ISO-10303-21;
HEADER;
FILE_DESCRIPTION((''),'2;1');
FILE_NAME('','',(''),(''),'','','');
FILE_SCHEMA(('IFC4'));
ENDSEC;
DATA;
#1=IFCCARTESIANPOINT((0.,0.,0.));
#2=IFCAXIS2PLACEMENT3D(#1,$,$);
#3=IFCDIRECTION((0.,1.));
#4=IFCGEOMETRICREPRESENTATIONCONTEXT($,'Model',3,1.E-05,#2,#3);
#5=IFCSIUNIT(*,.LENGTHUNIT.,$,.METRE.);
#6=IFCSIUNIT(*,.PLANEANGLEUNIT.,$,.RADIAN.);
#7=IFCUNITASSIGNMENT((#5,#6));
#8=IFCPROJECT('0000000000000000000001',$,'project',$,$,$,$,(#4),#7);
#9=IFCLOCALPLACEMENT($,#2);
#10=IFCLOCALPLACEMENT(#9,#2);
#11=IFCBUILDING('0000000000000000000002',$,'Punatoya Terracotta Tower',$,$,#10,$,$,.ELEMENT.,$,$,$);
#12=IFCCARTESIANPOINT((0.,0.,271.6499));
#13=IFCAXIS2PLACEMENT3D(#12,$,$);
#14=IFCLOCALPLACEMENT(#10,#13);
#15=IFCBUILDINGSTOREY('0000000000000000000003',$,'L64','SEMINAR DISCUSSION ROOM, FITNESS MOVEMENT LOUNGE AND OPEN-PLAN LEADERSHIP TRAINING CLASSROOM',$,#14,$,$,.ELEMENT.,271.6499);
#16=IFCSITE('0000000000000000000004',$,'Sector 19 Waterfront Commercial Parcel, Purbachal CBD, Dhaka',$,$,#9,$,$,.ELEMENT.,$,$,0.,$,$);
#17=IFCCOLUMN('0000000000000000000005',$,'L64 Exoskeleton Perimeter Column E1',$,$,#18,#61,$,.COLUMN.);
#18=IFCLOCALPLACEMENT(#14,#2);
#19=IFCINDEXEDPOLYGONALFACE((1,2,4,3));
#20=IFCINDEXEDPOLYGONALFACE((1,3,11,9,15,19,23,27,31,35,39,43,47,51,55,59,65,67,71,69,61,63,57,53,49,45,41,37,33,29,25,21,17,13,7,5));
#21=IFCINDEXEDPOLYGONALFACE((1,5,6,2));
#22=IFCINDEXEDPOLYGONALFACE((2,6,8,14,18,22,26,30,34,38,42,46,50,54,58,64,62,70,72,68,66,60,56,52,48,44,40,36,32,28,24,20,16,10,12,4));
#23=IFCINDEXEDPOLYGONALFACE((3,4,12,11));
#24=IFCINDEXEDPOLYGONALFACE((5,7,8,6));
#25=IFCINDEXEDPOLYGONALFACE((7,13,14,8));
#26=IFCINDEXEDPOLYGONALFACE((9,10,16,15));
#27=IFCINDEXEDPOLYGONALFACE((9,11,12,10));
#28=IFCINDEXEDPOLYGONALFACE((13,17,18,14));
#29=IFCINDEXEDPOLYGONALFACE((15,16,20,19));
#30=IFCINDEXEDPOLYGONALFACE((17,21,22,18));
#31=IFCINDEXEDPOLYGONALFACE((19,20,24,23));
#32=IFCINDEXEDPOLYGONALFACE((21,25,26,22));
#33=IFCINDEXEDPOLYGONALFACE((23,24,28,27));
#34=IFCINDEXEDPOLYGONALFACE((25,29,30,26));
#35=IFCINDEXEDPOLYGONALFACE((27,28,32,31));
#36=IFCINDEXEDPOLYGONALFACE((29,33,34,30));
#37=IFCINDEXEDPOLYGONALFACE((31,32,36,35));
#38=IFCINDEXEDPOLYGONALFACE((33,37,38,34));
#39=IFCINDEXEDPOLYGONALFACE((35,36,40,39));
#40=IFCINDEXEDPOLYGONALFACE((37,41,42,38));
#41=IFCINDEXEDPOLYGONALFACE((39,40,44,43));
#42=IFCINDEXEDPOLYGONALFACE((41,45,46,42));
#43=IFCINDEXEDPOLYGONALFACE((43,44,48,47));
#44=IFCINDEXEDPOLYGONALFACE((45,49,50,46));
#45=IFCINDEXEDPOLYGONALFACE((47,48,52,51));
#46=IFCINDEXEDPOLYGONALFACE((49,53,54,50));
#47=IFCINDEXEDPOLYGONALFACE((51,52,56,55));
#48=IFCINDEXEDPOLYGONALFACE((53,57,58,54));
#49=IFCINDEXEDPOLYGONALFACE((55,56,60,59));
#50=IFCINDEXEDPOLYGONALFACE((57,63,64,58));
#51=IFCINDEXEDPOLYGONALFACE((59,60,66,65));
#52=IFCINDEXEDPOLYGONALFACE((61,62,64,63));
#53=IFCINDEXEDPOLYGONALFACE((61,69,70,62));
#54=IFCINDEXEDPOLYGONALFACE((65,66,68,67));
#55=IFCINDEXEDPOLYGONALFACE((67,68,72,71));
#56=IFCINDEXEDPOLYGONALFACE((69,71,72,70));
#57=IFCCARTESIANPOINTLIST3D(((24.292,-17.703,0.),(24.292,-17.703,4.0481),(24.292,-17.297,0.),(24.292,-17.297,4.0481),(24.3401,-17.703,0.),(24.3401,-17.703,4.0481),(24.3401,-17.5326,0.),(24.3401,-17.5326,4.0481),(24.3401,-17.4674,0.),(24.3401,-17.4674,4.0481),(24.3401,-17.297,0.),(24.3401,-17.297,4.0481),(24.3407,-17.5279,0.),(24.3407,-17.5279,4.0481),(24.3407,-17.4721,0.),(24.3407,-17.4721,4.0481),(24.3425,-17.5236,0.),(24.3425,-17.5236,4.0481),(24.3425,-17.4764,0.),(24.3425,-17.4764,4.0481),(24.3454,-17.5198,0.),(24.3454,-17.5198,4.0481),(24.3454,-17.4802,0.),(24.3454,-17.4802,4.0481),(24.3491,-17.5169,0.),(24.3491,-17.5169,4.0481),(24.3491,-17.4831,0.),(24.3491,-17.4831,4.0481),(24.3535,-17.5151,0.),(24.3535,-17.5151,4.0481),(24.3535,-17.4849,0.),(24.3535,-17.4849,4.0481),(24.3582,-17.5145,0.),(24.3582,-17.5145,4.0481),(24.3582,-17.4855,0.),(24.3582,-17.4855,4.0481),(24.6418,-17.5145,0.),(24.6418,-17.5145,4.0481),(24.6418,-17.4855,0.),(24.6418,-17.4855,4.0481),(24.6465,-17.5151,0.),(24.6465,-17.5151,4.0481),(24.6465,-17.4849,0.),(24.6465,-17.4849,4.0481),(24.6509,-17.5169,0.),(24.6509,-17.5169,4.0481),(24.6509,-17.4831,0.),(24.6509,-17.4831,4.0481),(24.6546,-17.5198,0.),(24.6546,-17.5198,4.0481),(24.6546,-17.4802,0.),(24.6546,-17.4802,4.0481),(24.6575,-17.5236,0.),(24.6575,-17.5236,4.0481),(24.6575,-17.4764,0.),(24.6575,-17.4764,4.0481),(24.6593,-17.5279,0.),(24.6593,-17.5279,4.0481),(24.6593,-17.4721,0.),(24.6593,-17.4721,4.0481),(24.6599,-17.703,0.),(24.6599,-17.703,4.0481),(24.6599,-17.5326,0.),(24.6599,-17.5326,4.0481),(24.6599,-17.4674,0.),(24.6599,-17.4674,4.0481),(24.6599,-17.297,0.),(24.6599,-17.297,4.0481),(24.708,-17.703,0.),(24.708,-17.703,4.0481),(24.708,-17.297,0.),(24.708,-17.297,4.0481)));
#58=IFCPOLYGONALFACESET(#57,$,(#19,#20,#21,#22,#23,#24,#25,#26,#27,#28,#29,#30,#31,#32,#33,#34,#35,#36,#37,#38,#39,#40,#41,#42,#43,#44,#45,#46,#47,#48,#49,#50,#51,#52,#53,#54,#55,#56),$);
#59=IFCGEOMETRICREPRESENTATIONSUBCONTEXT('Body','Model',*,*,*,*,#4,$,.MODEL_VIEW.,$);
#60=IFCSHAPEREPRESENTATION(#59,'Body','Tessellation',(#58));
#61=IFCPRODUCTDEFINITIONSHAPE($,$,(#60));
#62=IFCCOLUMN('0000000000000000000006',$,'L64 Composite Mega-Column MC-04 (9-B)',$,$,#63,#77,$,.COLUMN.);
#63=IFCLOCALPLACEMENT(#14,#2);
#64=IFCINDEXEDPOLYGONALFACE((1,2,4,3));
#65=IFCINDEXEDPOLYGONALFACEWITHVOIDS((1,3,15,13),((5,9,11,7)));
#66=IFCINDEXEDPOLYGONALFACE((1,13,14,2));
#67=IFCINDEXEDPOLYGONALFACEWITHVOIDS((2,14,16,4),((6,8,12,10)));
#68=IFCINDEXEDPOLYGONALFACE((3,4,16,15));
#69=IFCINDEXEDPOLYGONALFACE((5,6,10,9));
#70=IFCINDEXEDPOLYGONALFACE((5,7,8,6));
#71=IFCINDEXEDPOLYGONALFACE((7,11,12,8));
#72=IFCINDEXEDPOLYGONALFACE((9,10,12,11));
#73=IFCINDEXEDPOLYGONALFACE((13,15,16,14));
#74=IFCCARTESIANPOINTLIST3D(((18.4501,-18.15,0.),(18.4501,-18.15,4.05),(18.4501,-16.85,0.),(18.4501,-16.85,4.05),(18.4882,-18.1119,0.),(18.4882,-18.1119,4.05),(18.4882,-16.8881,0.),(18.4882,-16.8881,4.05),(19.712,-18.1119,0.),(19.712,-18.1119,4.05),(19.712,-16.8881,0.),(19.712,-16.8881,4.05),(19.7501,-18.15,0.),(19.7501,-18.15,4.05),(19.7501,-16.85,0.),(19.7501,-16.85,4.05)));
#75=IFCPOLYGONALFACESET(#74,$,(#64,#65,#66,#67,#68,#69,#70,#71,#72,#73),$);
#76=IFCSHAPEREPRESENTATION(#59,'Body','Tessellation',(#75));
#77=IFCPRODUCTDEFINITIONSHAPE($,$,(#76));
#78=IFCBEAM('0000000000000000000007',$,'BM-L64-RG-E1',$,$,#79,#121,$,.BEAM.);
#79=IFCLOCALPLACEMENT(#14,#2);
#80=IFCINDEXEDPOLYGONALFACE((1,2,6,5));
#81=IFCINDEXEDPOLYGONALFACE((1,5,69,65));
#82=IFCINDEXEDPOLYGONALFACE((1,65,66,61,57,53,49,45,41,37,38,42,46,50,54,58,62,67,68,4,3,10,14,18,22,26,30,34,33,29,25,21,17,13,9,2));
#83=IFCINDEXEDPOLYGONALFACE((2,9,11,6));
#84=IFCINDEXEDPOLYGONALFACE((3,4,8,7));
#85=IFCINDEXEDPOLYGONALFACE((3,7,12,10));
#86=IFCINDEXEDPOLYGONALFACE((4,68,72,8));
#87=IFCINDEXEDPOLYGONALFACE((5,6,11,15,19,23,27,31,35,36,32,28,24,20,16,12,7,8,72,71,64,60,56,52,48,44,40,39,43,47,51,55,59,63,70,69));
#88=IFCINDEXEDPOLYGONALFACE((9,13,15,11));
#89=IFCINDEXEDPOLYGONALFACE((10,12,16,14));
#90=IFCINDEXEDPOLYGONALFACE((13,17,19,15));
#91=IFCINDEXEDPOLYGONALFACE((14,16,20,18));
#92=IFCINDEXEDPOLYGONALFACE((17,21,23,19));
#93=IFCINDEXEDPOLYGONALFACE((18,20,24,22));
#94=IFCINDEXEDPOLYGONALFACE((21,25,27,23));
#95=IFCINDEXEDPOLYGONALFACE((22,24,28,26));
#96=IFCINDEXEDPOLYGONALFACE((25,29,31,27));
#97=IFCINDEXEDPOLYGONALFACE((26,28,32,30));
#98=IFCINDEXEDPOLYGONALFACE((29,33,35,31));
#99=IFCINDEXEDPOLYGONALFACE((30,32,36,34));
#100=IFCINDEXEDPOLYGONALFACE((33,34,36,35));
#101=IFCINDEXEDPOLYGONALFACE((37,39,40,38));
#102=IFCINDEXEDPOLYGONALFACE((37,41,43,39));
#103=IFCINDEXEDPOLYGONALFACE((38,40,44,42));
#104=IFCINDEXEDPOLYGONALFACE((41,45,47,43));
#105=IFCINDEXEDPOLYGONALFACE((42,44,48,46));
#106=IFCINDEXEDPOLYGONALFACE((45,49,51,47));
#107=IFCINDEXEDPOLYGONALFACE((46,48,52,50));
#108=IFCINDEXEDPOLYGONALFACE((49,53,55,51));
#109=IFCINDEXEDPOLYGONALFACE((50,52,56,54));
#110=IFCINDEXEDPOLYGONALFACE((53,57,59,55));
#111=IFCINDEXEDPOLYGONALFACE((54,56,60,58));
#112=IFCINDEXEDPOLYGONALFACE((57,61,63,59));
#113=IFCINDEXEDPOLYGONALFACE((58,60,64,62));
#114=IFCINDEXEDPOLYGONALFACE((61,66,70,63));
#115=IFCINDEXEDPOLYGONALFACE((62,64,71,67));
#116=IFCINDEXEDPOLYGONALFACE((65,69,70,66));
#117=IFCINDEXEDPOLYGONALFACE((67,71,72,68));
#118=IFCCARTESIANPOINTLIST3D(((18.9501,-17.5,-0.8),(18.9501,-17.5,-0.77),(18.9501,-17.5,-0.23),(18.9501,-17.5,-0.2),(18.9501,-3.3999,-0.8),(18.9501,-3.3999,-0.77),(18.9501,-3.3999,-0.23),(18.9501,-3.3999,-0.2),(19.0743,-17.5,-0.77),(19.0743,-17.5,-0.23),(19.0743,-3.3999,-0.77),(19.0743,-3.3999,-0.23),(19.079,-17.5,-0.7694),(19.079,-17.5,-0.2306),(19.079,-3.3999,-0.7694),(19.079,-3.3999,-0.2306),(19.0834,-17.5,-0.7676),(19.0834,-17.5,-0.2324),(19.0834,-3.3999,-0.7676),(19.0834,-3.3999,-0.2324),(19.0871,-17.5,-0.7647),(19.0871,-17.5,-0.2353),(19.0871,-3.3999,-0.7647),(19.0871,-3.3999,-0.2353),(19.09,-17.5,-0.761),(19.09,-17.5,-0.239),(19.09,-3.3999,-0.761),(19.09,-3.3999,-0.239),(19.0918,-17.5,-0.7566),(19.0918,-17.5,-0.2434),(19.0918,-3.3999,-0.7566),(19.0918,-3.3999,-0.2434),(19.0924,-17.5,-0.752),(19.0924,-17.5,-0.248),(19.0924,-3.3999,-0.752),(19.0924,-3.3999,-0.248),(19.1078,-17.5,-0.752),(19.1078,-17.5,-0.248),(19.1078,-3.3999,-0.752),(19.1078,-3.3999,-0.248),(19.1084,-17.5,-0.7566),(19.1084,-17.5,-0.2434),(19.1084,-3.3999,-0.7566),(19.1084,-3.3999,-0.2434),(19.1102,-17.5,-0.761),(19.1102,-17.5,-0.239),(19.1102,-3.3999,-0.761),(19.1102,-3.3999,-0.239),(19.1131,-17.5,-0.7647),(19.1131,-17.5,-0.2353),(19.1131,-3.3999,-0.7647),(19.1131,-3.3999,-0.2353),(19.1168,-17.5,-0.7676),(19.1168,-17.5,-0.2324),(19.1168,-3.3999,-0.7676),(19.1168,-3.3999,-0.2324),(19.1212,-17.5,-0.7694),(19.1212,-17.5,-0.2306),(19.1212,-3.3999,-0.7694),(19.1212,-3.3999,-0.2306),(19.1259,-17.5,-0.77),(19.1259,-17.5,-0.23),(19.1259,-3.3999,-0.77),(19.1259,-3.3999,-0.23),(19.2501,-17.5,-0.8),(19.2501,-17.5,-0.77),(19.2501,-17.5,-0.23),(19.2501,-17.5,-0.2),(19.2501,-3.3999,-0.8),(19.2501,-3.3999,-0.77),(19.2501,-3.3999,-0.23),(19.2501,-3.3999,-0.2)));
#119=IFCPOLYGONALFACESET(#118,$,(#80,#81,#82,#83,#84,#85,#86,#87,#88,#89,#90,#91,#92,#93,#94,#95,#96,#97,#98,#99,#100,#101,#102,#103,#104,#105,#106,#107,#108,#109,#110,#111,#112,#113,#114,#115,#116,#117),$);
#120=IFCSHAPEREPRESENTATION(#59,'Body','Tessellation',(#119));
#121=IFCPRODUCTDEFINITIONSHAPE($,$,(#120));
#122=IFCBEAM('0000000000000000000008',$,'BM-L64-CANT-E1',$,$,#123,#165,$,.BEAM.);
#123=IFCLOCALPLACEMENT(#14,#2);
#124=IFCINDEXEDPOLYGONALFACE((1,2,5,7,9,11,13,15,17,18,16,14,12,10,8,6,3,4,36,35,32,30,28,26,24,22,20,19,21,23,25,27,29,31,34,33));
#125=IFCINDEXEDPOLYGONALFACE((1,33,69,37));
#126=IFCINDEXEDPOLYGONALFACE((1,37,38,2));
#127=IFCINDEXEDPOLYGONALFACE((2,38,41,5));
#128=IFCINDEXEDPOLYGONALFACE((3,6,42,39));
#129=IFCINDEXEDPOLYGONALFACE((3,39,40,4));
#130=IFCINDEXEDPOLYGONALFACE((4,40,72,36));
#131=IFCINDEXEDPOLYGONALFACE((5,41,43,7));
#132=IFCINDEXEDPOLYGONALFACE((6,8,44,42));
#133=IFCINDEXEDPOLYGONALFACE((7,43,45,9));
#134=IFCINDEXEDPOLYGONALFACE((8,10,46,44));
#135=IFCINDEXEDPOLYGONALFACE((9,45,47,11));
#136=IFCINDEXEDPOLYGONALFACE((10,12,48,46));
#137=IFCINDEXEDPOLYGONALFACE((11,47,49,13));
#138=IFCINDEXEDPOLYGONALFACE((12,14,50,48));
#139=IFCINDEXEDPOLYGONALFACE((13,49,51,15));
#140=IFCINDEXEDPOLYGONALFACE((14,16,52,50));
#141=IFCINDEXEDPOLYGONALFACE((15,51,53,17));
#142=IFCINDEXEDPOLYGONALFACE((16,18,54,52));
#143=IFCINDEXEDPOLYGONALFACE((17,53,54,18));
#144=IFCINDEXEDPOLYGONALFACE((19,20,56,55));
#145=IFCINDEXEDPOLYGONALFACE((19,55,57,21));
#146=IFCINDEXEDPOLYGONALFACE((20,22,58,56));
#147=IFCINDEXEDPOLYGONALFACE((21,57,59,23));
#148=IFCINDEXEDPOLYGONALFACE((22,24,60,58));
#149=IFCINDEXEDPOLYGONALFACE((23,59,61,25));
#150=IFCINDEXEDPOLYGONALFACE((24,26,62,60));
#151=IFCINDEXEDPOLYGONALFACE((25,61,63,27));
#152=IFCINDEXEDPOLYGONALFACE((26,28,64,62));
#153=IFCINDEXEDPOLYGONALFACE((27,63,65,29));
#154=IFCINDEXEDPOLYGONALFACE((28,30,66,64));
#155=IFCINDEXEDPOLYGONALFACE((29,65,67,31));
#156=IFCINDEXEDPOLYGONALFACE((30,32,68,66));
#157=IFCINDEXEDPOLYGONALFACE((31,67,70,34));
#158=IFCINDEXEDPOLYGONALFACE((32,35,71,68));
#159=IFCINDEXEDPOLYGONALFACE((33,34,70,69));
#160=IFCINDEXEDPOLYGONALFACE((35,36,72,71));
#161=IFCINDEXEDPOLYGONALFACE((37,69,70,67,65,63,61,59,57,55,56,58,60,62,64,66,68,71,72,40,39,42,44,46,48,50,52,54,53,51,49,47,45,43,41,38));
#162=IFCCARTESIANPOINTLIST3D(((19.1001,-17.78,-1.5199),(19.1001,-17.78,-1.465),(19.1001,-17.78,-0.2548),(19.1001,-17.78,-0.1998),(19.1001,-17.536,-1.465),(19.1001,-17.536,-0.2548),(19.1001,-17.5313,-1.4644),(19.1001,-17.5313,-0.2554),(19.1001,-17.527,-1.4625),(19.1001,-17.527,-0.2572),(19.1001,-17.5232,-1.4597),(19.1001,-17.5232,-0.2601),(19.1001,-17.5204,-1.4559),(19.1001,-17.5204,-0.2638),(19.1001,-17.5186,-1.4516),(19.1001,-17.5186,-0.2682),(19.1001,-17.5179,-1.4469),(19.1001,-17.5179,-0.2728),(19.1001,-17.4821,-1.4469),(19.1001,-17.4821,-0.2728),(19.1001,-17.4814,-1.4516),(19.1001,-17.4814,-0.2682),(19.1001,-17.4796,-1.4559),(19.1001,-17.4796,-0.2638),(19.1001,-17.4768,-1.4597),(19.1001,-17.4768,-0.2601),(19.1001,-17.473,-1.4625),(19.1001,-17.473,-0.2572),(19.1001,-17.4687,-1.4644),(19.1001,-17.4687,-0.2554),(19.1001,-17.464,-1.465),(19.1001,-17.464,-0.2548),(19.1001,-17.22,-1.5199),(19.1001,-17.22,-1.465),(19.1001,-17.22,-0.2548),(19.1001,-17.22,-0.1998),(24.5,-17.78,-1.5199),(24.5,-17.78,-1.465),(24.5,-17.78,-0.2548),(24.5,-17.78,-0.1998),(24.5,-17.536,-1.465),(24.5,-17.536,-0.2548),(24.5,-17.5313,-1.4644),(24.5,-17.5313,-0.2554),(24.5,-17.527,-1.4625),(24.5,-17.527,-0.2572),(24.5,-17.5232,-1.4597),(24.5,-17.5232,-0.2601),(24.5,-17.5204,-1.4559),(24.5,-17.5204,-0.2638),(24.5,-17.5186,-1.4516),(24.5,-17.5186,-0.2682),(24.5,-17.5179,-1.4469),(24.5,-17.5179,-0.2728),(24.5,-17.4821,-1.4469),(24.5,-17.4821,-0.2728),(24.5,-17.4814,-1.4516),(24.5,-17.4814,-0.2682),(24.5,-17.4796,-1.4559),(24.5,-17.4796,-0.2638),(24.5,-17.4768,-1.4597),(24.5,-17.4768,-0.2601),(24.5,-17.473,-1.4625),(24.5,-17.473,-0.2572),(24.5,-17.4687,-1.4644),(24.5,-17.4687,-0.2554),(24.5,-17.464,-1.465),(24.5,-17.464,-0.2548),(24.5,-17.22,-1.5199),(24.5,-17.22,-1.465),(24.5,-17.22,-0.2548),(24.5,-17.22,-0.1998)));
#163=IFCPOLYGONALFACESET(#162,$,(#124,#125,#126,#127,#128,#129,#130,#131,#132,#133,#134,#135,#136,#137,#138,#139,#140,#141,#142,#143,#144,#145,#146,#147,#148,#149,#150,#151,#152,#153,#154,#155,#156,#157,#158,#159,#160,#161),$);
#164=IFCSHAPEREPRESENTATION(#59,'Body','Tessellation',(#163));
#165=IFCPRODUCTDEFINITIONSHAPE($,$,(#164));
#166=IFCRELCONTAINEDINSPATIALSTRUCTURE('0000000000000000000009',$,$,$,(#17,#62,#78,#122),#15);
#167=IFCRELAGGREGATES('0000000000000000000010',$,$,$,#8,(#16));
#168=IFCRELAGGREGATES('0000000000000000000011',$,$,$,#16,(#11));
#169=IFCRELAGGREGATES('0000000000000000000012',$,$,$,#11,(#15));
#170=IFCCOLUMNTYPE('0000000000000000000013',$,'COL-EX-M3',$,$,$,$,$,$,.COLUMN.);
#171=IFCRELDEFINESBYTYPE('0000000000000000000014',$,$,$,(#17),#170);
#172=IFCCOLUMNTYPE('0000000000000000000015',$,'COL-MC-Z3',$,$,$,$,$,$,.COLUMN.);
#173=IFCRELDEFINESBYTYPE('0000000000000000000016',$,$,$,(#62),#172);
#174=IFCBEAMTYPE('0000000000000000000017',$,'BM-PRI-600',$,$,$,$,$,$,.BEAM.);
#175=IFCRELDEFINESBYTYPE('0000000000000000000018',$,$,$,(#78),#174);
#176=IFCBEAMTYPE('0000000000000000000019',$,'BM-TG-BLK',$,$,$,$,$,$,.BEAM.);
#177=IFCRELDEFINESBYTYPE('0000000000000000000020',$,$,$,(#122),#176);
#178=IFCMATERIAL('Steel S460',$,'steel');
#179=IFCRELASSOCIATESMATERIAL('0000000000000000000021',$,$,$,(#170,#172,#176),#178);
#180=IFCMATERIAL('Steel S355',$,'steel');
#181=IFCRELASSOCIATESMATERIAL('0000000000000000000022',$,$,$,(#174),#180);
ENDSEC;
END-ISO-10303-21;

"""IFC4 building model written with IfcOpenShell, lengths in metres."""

from ifc_helpers import new_model, si_unit, direction, frame, origin, origin_2d, place, context, subcontext, project, spatial, hollow_rectangle, i_section, extrude, material, material_profile, profile_set, type_object, element, save


model = new_model("IFC4")

# Units and contexts
model_context = context("Model", 3, precision=1e-05, world=origin(), true_north=direction((0.0, 1.0)))
body_context = subcontext(model_context, "Body", "Model", "MODEL_VIEW")
ifc_project = project(units=[si_unit("LENGTHUNIT", "METRE"), si_unit("PLANEANGLEUNIT", "RADIAN")], contexts=[model_context])

# Site, building, storey
site_placement = place(None, origin())
site = spatial("IfcSite", under=ifc_project, at=site_placement, Name="Sector 19 Waterfront Commercial Parcel, Purbachal CBD, Dhaka", CompositionType="ELEMENT", RefElevation=0.0)
building_placement = place(site_placement, origin())
building = spatial("IfcBuilding", under=site, at=building_placement, Name="Punatoya Terracotta Tower", CompositionType="ELEMENT")
storey_placement = place(building_placement, frame((0.0, 0.0, 271.6499)))
storey = spatial("IfcBuildingStorey", under=building, at=storey_placement, Name="L64", Description="SEMINAR DISCUSSION ROOM, FITNESS MOVEMENT LOUNGE AND OPEN-PLAN LEADERSHIP TRAINING CLASSROOM", CompositionType="ELEMENT", Elevation=271.6499)

# Columns
ifc_material_1 = material(Name="Steel S460", Category="steel")
ifc_material_profile_1 = material_profile(ifc_material_1, i_section(OverallWidth=0.406, OverallDepth=0.416, WebThickness=0.0291, FlangeThickness=0.0481, FilletRadius=0.0181, at=origin_2d()))
ifc_profile_set_1 = profile_set([ifc_material_profile_1], Name="Steel S460")
column_type_1 = type_object("IfcColumnType", Name="COL-EX-M3", PredefinedType="COLUMN", material=ifc_profile_set_1)
column_1_placement = place(storey_placement, frame((24.5, -17.5, 0.0), z_axis=(0.0, 0.0, 1.0), x_axis=(0.0, 1.0, 0.0)))
element("IfcColumn", 1, at=column_1_placement, inside=storey, type_object=column_type_1, Name="L64 Exoskeleton Perimeter Column E1", PredefinedType="COLUMN", context=body_context, shape_type="SweptSolid", body=[
    extrude(i_section(OverallWidth=0.406, OverallDepth=0.416, WebThickness=0.0291, FlangeThickness=0.0481, FilletRadius=0.0181, at=origin_2d()), origin(), (0.0, 0.0, 1.0), 4.0481),
])
ifc_material_profile_2 = material_profile(ifc_material_1, hollow_rectangle(XDim=1.3, YDim=1.3, WallThickness=0.0381, at=origin_2d()))
ifc_profile_set_2 = profile_set([ifc_material_profile_2], Name="Steel S460")
column_type_2 = type_object("IfcColumnType", Name="COL-MC-Z3", PredefinedType="COLUMN", material=ifc_profile_set_2)
column_2_placement = place(storey_placement, frame((19.1001, -17.5, 0.0), z_axis=(0.0, 0.0, 1.0), x_axis=(1.0, 0.0, 0.0)))
element("IfcColumn", 2, at=column_2_placement, inside=storey, type_object=column_type_2, Name="L64 Composite Mega-Column MC-04 (9-B)", PredefinedType="COLUMN", context=body_context, shape_type="SweptSolid", body=[
    extrude(hollow_rectangle(XDim=1.3, YDim=1.3, WallThickness=0.0381, at=origin_2d()), origin(), (0.0, 0.0, 1.0), 4.05),
])

# Beams
ifc_material_2 = material(Name="Steel S355", Category="steel")
ifc_material_profile_3 = material_profile(ifc_material_2, i_section(OverallWidth=0.3, OverallDepth=0.6001, WebThickness=0.0154, FlangeThickness=0.03, FilletRadius=0.0181, at=origin_2d()))
ifc_profile_set_3 = profile_set([ifc_material_profile_3], Name="Steel S355")
beam_type_1 = type_object("IfcBeamType", Name="BM-PRI-600", PredefinedType="BEAM", material=ifc_profile_set_3)
beam_1_placement = place(storey_placement, frame((19.1001, -17.5, -0.5), z_axis=(0.0, 1.0, 0.0), x_axis=(-1.0, 0.0, 0.0)))
element("IfcBeam", 3, at=beam_1_placement, inside=storey, type_object=beam_type_1, Name="BM-L64-RG-E1", PredefinedType="BEAM", context=body_context, shape_type="SweptSolid", body=[
    extrude(i_section(OverallWidth=0.3, OverallDepth=0.6001, WebThickness=0.0154, FlangeThickness=0.03, FilletRadius=0.0181, at=origin_2d()), origin(), (0.0, 0.0, 1.0), 14.1001),
])
ifc_material_profile_4 = material_profile(ifc_material_1, i_section(OverallWidth=0.5601, OverallDepth=1.3201, WebThickness=0.0359, FlangeThickness=0.0549, FilletRadius=0.0181, at=origin_2d()))
ifc_profile_set_4 = profile_set([ifc_material_profile_4], Name="Steel S460")
beam_type_2 = type_object("IfcBeamType", Name="BM-TG-BLK", PredefinedType="BEAM", material=ifc_profile_set_4)
beam_2_placement = place(storey_placement, frame((19.1001, -17.5, -0.8599), z_axis=(1.0, 0.0, 0.0), x_axis=(0.0, 1.0, 0.0)))
element("IfcBeam", 4, at=beam_2_placement, inside=storey, type_object=beam_type_2, Name="BM-L64-CANT-E1", PredefinedType="BEAM", context=body_context, shape_type="SweptSolid", body=[
    extrude(i_section(OverallWidth=0.5601, OverallDepth=1.3201, WebThickness=0.0359, FlangeThickness=0.0549, FilletRadius=0.0181, at=origin_2d()), origin(), (0.0, 0.0, 1.0), 5.3999),
])

save(model, "model.ifc")
